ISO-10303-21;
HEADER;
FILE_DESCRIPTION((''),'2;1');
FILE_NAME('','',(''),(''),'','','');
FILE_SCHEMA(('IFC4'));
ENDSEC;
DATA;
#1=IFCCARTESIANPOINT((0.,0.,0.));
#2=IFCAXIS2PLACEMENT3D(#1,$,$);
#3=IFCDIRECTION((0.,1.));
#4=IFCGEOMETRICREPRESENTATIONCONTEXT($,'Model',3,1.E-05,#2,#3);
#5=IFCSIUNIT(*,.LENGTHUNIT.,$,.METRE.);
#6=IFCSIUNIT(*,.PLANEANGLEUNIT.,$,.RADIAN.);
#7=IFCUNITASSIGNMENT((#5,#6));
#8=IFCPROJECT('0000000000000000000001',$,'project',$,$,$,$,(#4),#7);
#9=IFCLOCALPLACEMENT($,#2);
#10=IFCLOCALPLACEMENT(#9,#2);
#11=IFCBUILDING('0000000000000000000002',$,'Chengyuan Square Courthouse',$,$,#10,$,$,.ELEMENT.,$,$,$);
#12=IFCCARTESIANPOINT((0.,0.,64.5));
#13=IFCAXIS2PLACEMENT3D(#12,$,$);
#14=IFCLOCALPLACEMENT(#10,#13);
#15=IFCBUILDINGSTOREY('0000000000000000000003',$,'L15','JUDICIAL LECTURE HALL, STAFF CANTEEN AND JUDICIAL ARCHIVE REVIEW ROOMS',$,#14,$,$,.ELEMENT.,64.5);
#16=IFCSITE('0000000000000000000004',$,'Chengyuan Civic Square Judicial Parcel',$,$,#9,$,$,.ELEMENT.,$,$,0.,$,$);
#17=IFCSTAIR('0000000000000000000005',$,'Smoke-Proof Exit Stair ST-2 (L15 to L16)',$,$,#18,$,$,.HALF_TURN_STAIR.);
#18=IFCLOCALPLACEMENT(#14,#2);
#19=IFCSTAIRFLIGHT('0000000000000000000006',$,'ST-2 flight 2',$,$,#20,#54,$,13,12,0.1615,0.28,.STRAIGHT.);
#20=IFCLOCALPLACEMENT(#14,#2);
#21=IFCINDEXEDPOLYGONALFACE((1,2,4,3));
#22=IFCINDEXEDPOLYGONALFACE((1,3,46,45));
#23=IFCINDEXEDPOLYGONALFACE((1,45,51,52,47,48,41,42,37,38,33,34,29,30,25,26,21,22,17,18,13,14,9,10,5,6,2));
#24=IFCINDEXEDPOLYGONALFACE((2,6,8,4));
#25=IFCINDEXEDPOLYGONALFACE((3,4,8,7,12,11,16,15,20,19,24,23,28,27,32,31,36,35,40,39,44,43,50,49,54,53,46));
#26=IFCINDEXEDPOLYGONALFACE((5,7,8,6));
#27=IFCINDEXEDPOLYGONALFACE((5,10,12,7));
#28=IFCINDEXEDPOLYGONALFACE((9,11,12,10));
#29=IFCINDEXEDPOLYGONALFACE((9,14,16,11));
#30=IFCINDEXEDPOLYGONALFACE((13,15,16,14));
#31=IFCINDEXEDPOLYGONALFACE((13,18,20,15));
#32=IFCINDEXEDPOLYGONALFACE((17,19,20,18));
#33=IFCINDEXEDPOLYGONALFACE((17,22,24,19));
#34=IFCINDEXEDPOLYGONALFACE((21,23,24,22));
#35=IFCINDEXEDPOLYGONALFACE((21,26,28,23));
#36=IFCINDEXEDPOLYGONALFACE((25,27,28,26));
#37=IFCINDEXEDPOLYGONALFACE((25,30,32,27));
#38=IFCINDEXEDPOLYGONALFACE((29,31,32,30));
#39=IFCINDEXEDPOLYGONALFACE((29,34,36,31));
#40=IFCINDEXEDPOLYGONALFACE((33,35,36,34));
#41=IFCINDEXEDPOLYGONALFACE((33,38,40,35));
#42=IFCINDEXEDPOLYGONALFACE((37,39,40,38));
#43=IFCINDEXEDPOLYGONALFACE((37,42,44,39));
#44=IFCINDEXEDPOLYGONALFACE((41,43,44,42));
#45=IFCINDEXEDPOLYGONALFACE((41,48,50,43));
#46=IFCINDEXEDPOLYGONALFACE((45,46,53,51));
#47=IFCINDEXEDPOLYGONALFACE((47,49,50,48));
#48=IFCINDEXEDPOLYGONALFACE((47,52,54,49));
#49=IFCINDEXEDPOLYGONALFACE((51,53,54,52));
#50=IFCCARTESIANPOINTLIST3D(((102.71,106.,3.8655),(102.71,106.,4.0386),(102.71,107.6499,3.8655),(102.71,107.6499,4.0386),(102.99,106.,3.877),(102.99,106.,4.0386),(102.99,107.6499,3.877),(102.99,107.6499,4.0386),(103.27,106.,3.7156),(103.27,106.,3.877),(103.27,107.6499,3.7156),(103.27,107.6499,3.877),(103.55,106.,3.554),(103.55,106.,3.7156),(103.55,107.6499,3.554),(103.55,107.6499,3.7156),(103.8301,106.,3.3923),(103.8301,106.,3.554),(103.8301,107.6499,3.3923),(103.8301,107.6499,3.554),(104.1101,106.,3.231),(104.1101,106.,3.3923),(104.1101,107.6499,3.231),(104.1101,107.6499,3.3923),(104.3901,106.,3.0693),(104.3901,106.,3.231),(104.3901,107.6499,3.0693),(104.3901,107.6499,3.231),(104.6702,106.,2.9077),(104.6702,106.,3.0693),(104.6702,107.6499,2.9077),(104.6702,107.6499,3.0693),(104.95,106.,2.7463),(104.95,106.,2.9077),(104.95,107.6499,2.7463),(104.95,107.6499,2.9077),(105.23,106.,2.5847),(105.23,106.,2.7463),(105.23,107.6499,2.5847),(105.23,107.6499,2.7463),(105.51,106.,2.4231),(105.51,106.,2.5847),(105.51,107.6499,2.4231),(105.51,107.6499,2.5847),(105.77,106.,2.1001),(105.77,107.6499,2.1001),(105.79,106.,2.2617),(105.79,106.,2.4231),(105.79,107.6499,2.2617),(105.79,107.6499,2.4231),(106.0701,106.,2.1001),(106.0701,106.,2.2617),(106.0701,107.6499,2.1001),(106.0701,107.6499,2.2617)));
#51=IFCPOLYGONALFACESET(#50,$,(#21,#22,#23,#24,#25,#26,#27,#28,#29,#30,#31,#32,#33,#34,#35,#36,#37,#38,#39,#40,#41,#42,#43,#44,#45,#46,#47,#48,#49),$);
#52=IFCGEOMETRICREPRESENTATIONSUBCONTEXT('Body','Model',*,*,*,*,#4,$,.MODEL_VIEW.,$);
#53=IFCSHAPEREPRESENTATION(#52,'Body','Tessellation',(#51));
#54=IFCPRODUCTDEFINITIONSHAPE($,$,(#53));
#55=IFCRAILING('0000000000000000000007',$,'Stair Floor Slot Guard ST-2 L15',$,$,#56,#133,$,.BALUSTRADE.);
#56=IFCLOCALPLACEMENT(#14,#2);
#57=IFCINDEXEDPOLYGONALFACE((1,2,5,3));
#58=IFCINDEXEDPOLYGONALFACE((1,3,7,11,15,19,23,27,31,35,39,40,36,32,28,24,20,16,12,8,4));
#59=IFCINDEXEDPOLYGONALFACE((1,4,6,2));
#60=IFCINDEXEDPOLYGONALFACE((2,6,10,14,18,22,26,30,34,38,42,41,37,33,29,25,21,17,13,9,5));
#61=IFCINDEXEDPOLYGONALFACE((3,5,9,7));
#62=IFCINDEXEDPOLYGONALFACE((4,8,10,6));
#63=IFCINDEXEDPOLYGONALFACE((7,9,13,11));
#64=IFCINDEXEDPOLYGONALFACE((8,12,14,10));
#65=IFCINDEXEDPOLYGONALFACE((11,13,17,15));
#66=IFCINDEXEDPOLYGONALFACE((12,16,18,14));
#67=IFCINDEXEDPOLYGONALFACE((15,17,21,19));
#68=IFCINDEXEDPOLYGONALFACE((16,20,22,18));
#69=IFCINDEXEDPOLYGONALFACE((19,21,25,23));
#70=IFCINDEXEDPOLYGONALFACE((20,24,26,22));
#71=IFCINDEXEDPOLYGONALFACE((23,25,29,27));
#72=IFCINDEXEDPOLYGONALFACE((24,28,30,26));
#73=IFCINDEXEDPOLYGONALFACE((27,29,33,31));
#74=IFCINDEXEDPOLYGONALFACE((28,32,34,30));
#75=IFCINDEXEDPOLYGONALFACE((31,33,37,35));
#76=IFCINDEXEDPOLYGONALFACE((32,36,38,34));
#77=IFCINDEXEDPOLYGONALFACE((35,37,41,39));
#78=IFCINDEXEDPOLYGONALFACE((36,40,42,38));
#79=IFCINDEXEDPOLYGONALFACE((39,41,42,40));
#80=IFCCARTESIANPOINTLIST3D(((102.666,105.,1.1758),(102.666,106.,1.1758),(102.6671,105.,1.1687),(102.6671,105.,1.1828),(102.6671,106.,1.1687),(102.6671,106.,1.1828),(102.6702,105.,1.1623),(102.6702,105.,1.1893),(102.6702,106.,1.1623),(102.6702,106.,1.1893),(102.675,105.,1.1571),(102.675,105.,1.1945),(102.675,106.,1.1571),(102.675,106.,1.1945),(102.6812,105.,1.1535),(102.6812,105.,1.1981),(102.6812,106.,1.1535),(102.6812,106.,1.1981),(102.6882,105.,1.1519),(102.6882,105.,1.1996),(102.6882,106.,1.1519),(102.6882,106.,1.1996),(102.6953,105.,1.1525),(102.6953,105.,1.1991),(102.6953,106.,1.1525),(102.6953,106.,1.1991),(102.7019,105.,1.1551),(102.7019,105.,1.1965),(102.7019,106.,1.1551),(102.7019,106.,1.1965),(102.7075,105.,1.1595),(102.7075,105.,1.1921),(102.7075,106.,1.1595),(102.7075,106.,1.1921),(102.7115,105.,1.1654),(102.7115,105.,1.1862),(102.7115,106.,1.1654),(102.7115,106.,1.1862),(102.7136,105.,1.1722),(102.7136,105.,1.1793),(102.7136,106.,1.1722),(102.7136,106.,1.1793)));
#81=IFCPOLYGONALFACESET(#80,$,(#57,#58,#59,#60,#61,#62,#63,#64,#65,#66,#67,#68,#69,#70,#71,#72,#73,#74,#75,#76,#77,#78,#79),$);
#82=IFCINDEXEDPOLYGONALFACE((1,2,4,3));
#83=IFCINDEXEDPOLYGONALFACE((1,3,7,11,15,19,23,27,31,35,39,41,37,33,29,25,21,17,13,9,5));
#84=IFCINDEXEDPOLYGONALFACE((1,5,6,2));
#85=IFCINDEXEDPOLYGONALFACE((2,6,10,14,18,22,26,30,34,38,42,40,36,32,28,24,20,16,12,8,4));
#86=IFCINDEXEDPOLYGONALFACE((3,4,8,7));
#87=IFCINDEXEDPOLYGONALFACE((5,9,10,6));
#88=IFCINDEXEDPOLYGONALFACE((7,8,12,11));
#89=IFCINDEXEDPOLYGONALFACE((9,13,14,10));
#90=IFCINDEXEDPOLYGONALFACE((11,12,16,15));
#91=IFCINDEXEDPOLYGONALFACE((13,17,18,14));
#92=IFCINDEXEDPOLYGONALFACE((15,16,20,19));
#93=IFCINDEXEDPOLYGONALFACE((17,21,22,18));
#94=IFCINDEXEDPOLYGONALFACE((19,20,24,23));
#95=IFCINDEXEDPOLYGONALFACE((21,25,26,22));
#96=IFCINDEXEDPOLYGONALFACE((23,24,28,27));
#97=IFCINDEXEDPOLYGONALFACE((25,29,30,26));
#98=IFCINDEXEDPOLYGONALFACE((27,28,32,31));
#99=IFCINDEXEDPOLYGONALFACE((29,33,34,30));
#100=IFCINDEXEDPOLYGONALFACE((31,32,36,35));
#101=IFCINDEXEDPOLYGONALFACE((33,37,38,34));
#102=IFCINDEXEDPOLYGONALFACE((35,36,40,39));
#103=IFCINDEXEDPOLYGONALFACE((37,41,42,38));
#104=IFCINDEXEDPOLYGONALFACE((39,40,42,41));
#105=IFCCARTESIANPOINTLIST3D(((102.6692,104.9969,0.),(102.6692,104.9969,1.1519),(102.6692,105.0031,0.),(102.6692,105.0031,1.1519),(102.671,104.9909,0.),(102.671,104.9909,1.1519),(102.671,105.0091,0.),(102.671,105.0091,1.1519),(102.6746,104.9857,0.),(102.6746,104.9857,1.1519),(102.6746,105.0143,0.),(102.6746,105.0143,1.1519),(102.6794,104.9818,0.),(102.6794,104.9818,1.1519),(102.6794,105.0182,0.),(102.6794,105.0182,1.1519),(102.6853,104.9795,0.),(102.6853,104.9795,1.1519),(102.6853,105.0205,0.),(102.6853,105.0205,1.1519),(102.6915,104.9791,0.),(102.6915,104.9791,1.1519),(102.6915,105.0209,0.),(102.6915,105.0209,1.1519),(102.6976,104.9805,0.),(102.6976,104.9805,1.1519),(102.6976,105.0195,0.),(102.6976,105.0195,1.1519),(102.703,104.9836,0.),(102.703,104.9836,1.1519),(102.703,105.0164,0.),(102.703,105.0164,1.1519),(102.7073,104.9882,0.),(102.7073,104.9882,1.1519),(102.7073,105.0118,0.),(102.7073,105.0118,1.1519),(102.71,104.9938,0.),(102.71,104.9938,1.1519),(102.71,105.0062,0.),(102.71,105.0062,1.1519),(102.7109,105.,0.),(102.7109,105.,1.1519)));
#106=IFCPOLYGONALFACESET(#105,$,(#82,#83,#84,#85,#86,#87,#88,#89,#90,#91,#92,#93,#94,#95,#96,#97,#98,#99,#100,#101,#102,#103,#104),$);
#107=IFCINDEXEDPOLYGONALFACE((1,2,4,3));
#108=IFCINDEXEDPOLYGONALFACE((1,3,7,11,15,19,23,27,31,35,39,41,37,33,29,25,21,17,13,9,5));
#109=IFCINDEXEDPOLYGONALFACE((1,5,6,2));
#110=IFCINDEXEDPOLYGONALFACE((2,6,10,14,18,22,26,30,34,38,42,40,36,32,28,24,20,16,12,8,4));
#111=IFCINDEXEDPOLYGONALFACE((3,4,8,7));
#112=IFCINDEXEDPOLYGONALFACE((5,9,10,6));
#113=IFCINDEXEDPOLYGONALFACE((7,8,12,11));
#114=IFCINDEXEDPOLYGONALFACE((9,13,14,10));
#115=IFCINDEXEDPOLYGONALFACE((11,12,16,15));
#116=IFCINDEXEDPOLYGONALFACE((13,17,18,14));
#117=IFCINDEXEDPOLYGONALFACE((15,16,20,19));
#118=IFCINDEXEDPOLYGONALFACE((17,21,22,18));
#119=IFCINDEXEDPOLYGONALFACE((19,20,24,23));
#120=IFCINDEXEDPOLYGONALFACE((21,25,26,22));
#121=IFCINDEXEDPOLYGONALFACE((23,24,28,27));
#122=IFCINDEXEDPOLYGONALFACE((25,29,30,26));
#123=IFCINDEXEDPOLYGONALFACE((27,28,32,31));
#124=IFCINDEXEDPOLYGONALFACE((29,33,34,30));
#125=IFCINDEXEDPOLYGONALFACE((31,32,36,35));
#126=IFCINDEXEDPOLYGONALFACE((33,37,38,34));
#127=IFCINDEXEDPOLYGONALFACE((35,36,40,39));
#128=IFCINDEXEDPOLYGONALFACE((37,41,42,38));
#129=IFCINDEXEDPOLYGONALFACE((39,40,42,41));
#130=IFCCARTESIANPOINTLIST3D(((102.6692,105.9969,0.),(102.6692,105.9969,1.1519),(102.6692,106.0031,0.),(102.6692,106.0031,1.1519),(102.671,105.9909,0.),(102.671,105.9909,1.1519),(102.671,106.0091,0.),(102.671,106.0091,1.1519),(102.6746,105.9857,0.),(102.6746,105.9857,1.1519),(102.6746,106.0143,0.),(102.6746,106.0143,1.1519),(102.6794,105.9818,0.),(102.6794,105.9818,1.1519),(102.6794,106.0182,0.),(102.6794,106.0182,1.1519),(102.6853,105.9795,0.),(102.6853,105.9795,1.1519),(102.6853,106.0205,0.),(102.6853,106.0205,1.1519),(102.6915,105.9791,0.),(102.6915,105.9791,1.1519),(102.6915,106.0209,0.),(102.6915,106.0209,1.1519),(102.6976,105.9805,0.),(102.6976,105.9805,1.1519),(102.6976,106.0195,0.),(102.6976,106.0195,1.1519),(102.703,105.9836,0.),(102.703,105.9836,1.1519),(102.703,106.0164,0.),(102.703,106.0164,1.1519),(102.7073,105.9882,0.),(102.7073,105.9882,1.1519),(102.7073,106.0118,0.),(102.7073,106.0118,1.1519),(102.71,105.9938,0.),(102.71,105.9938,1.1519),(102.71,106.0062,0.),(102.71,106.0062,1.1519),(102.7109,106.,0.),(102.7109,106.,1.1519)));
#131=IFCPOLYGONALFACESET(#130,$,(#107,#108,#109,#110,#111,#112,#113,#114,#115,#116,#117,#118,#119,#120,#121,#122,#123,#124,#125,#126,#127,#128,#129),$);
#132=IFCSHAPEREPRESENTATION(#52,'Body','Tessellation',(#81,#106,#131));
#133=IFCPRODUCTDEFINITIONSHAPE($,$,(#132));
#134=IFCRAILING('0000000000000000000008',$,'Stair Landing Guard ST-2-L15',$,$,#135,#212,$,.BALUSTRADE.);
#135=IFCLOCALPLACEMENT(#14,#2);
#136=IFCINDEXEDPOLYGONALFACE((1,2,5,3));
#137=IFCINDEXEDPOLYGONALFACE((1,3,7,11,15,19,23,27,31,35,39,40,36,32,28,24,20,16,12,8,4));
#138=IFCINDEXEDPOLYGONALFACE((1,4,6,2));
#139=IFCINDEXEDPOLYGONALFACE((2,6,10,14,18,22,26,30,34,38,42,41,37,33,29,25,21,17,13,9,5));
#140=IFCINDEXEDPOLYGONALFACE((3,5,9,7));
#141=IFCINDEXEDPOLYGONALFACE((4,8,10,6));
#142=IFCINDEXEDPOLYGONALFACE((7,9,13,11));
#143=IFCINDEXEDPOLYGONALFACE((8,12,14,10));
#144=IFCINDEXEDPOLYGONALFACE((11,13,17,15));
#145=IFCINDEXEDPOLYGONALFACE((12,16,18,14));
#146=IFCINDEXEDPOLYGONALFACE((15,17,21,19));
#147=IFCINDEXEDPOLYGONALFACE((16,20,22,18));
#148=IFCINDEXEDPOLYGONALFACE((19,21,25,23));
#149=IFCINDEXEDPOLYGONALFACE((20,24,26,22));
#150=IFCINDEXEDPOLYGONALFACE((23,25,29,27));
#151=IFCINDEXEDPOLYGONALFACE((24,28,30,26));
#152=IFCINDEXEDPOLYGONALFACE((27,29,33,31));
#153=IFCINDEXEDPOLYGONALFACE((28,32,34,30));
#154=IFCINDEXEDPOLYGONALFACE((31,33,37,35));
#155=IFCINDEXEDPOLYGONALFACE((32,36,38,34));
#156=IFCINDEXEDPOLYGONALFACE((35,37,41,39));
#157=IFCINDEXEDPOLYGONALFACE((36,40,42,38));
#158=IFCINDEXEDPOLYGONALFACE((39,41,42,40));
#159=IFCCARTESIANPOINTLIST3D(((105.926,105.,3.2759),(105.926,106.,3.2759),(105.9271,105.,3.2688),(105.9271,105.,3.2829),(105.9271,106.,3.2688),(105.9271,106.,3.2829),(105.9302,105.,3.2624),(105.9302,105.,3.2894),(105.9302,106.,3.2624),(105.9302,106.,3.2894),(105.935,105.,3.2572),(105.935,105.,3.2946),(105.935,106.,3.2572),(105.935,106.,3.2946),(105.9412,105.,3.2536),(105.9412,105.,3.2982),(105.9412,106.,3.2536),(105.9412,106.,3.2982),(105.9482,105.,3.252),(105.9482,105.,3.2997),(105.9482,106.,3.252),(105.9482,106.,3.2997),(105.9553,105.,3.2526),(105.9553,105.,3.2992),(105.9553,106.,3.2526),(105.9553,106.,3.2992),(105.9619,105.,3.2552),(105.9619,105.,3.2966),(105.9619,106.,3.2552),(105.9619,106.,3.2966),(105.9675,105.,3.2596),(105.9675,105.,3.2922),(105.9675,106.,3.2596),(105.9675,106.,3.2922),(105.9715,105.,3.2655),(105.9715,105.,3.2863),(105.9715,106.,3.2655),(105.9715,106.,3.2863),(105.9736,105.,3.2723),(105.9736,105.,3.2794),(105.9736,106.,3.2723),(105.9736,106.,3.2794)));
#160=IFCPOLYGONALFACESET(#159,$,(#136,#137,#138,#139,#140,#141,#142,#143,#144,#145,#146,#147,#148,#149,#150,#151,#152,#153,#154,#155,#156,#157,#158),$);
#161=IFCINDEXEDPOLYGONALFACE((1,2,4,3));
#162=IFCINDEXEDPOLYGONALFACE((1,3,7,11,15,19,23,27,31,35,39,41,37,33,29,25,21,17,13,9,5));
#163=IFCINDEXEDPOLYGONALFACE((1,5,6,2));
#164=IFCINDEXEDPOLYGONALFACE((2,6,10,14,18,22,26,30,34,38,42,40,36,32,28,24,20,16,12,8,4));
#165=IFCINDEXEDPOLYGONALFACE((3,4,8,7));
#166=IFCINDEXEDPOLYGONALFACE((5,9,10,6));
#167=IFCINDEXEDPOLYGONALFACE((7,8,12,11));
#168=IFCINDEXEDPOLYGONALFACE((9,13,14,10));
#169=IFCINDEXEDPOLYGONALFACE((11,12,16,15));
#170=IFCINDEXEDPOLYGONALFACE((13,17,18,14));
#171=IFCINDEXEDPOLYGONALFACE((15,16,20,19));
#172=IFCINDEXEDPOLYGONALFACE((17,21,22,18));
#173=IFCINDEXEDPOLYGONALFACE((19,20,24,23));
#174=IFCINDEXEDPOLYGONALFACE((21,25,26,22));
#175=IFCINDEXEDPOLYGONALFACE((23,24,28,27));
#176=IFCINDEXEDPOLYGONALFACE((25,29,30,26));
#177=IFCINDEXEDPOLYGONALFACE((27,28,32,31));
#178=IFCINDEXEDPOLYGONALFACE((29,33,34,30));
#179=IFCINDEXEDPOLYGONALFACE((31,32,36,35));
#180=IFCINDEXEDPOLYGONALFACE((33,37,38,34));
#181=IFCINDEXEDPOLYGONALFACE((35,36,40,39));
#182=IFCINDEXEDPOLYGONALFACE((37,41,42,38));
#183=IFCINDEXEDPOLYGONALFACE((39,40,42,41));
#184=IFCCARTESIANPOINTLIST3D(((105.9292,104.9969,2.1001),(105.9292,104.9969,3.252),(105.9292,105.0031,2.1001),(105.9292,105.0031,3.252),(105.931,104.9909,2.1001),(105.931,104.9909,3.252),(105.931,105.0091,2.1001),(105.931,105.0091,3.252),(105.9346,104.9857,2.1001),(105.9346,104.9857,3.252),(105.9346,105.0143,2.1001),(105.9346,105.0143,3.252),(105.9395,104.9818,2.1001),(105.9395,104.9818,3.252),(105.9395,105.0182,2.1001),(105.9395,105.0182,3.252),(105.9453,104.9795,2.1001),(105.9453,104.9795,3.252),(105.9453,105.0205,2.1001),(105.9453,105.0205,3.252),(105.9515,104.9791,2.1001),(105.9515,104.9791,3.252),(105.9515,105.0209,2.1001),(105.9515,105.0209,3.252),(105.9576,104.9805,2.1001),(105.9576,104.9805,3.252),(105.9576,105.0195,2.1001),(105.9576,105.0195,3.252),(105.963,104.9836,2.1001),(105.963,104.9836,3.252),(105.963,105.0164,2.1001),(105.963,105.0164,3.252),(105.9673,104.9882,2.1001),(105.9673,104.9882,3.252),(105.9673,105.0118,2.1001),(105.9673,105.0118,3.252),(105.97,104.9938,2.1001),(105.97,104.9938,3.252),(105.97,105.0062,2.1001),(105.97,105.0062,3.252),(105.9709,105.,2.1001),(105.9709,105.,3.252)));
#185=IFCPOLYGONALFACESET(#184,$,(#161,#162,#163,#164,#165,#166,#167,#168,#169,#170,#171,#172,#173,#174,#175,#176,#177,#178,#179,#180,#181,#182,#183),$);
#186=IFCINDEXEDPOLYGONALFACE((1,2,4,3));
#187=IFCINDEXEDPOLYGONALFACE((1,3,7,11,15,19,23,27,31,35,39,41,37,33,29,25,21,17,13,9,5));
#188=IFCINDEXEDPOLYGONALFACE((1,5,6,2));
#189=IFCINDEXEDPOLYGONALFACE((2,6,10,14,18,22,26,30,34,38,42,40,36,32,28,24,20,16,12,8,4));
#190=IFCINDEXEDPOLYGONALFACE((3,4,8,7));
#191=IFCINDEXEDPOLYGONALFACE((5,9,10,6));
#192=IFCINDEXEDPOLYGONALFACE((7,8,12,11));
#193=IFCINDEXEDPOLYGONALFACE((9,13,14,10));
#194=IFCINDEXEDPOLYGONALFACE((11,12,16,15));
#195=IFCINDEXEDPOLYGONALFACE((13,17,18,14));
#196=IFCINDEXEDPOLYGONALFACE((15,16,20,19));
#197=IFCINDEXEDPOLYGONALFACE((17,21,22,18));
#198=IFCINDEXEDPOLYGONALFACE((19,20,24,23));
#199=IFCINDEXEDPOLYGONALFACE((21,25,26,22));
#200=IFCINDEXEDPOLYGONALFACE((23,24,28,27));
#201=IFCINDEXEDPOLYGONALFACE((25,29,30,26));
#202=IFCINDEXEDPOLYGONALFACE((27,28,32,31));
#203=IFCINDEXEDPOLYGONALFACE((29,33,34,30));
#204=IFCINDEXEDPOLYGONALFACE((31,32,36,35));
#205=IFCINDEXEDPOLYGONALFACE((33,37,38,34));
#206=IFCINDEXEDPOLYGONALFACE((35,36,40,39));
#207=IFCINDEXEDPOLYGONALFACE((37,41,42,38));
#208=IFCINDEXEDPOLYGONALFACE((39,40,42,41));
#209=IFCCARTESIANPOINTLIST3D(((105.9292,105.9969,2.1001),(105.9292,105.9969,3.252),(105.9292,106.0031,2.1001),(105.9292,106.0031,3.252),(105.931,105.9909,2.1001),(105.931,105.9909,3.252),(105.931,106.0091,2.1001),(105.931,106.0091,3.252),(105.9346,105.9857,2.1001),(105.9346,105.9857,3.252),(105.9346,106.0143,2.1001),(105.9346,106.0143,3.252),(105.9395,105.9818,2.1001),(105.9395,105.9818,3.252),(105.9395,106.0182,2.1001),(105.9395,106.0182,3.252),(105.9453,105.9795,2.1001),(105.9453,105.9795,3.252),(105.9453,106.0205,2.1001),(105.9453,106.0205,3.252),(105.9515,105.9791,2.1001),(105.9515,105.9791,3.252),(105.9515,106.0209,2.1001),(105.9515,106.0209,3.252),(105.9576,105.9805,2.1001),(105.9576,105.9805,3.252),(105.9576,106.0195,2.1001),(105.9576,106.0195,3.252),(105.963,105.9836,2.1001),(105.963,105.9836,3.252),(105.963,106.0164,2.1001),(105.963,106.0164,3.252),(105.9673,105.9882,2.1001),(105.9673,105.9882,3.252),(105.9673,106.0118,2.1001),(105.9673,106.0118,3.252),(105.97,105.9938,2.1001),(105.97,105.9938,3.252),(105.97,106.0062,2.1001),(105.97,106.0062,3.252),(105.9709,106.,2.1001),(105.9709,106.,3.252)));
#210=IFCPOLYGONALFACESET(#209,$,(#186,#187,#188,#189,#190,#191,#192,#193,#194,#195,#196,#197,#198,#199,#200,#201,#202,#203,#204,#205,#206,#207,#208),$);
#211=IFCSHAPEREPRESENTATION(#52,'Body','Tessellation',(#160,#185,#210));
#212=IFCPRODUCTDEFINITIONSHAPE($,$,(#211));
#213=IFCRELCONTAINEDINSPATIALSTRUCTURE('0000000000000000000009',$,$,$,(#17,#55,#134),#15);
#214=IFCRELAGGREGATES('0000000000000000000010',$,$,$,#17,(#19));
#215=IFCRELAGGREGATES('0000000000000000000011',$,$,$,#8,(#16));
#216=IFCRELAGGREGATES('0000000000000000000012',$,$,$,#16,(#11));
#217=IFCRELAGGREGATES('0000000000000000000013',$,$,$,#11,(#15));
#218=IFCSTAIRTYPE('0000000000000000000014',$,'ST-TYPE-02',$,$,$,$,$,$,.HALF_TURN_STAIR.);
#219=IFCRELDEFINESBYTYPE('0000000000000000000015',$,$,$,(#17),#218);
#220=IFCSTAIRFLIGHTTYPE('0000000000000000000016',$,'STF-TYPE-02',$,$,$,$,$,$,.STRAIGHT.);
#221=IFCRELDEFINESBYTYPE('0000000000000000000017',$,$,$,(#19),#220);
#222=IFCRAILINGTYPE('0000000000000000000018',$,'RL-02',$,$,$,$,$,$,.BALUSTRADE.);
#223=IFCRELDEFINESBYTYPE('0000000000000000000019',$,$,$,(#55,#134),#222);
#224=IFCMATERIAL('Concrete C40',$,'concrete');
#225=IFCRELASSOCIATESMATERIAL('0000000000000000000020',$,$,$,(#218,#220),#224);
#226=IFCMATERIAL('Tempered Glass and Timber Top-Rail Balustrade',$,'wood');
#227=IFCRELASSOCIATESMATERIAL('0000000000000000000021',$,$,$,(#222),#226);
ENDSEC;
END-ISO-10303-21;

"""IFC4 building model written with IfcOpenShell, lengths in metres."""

from ifc_helpers import new_model, si_unit, direction, frame, origin, origin_2d, place, context, subcontext, project, spatial, polyline, circle, outline, extrude, material, type_object, element, aggregate, save


model = new_model("IFC4")

# Units and contexts
model_context = context("Model", 3, precision=1e-05, world=origin(), true_north=direction((0.0, 1.0)))
body_context = subcontext(model_context, "Body", "Model", "MODEL_VIEW")
ifc_project = project(units=[si_unit("LENGTHUNIT", "METRE"), si_unit("PLANEANGLEUNIT", "RADIAN")], contexts=[model_context])

# Site, building, storey
site_placement = place(None, origin())
site = spatial("IfcSite", under=ifc_project, at=site_placement, Name="Chengyuan Civic Square Judicial Parcel", CompositionType="ELEMENT", RefElevation=0.0)
building_placement = place(site_placement, origin())
building = spatial("IfcBuilding", under=site, at=building_placement, Name="Chengyuan Square Courthouse", CompositionType="ELEMENT")
storey_placement = place(building_placement, frame((0.0, 0.0, 64.5)))
storey = spatial("IfcBuildingStorey", under=building, at=storey_placement, Name="L15", Description="JUDICIAL LECTURE HALL, STAFF CANTEEN AND JUDICIAL ARCHIVE REVIEW ROOMS", CompositionType="ELEMENT", Elevation=64.5)

# Shared definitions
ifc_material_1 = material(Name="Concrete C40", Category="concrete")

# Stair, stair flight
stair_type = type_object("IfcStairType", Name="ST-TYPE-02", PredefinedType="HALF_TURN_STAIR", material=ifc_material_1)
stair_placement = place(storey_placement, origin())
stair = element("IfcStair", 1, at=stair_placement, inside=storey, type_object=stair_type, Name="Smoke-Proof Exit Stair ST-2 (L15 to L16)", PredefinedType="HALF_TURN_STAIR")
stair_flight_type = type_object("IfcStairFlightType", Name="STF-TYPE-02", PredefinedType="STRAIGHT", material=ifc_material_1)
stair_flight_1_placement = place(storey_placement, frame((106.0701, 106.825, 2.1001), z_axis=(0.0, 0.0, 1.0), x_axis=(-1.0, 0.0, 0.0)))
stair_flight_1 = element("IfcStairFlight", 2, at=stair_flight_1_placement, type_object=stair_flight_type, Name="ST-2 flight 2", NumberOfRisers=13, NumberOfTreads=12, PredefinedType="STRAIGHT", RiserHeight=0.1615, TreadLength=0.28, context=body_context, shape_type="SweptSolid", body=[
    extrude(outline(polyline([(0.0, 0.0), (0.0, 0.1616), (0.28, 0.1616), (0.28, 0.323), (0.5601, 0.323), (0.5601, 0.4846), (0.8401, 0.4846), (0.8401, 0.6462), (1.1201, 0.6462), (1.1201, 0.8076), (1.3999, 0.8076), (1.3999, 0.9692), (1.6799, 0.9692), (1.6799, 1.1309), (1.96, 1.1309), (1.96, 1.2922), (2.24, 1.2922), (2.24, 1.4539), (2.52, 1.4539), (2.52, 1.6155), (2.8, 1.6155), (2.8, 1.7769), (3.0801, 1.7769), (3.0801, 1.9385), (3.3601, 1.9385), (3.3601, 2.1001), (3.3601, 1.7654), (0.3, 0.0), (0.0, 0.0)])), frame((0.0, 0.825, 0.0), z_axis=(0.0, -1.0, 0.0), x_axis=(1.0, 0.0, 0.0)), (0.0, 0.0, 1.0), 1.6499),
])
aggregate(stair, [stair_flight_1])

# Railings
ifc_material_2 = material(Name="Tempered Glass and Timber Top-Rail Balustrade", Category="wood")
railing_type_1 = type_object("IfcRailingType", Name="RL-02", PredefinedType="BALUSTRADE", material=ifc_material_2)
for number, where, name in (
    (3, (102.6899, 105.0, 0.0), "Stair Floor Slot Guard ST-2 L15"),
    (4, (105.95, 105.0, 2.1001), "Stair Landing Guard ST-2-L15"),
):
    element("IfcRailing", number, at=place(storey_placement, frame(where)), inside=storey, type_object=railing_type_1, Name=name, PredefinedType="BALUSTRADE", context=body_context, shape_type="SweptSolid", body=[
        extrude(circle(Radius=0.0239, at=origin_2d()), frame((0.0, 0.0, 1.1758), z_axis=(0.0, 1.0, 0.0), x_axis=(-1.0, 0.0, 0.0)), (0.0, 0.0, 1.0), 1.0),
        extrude(circle(Radius=0.021, at=origin_2d()), origin(), (0.0, 0.0, 1.0), 1.1519),
        extrude(circle(Radius=0.021, at=origin_2d()), frame((0.0, 1.0, 0.0)), (0.0, 0.0, 1.0), 1.1519),
    ])

save(model, "model.ifc")
